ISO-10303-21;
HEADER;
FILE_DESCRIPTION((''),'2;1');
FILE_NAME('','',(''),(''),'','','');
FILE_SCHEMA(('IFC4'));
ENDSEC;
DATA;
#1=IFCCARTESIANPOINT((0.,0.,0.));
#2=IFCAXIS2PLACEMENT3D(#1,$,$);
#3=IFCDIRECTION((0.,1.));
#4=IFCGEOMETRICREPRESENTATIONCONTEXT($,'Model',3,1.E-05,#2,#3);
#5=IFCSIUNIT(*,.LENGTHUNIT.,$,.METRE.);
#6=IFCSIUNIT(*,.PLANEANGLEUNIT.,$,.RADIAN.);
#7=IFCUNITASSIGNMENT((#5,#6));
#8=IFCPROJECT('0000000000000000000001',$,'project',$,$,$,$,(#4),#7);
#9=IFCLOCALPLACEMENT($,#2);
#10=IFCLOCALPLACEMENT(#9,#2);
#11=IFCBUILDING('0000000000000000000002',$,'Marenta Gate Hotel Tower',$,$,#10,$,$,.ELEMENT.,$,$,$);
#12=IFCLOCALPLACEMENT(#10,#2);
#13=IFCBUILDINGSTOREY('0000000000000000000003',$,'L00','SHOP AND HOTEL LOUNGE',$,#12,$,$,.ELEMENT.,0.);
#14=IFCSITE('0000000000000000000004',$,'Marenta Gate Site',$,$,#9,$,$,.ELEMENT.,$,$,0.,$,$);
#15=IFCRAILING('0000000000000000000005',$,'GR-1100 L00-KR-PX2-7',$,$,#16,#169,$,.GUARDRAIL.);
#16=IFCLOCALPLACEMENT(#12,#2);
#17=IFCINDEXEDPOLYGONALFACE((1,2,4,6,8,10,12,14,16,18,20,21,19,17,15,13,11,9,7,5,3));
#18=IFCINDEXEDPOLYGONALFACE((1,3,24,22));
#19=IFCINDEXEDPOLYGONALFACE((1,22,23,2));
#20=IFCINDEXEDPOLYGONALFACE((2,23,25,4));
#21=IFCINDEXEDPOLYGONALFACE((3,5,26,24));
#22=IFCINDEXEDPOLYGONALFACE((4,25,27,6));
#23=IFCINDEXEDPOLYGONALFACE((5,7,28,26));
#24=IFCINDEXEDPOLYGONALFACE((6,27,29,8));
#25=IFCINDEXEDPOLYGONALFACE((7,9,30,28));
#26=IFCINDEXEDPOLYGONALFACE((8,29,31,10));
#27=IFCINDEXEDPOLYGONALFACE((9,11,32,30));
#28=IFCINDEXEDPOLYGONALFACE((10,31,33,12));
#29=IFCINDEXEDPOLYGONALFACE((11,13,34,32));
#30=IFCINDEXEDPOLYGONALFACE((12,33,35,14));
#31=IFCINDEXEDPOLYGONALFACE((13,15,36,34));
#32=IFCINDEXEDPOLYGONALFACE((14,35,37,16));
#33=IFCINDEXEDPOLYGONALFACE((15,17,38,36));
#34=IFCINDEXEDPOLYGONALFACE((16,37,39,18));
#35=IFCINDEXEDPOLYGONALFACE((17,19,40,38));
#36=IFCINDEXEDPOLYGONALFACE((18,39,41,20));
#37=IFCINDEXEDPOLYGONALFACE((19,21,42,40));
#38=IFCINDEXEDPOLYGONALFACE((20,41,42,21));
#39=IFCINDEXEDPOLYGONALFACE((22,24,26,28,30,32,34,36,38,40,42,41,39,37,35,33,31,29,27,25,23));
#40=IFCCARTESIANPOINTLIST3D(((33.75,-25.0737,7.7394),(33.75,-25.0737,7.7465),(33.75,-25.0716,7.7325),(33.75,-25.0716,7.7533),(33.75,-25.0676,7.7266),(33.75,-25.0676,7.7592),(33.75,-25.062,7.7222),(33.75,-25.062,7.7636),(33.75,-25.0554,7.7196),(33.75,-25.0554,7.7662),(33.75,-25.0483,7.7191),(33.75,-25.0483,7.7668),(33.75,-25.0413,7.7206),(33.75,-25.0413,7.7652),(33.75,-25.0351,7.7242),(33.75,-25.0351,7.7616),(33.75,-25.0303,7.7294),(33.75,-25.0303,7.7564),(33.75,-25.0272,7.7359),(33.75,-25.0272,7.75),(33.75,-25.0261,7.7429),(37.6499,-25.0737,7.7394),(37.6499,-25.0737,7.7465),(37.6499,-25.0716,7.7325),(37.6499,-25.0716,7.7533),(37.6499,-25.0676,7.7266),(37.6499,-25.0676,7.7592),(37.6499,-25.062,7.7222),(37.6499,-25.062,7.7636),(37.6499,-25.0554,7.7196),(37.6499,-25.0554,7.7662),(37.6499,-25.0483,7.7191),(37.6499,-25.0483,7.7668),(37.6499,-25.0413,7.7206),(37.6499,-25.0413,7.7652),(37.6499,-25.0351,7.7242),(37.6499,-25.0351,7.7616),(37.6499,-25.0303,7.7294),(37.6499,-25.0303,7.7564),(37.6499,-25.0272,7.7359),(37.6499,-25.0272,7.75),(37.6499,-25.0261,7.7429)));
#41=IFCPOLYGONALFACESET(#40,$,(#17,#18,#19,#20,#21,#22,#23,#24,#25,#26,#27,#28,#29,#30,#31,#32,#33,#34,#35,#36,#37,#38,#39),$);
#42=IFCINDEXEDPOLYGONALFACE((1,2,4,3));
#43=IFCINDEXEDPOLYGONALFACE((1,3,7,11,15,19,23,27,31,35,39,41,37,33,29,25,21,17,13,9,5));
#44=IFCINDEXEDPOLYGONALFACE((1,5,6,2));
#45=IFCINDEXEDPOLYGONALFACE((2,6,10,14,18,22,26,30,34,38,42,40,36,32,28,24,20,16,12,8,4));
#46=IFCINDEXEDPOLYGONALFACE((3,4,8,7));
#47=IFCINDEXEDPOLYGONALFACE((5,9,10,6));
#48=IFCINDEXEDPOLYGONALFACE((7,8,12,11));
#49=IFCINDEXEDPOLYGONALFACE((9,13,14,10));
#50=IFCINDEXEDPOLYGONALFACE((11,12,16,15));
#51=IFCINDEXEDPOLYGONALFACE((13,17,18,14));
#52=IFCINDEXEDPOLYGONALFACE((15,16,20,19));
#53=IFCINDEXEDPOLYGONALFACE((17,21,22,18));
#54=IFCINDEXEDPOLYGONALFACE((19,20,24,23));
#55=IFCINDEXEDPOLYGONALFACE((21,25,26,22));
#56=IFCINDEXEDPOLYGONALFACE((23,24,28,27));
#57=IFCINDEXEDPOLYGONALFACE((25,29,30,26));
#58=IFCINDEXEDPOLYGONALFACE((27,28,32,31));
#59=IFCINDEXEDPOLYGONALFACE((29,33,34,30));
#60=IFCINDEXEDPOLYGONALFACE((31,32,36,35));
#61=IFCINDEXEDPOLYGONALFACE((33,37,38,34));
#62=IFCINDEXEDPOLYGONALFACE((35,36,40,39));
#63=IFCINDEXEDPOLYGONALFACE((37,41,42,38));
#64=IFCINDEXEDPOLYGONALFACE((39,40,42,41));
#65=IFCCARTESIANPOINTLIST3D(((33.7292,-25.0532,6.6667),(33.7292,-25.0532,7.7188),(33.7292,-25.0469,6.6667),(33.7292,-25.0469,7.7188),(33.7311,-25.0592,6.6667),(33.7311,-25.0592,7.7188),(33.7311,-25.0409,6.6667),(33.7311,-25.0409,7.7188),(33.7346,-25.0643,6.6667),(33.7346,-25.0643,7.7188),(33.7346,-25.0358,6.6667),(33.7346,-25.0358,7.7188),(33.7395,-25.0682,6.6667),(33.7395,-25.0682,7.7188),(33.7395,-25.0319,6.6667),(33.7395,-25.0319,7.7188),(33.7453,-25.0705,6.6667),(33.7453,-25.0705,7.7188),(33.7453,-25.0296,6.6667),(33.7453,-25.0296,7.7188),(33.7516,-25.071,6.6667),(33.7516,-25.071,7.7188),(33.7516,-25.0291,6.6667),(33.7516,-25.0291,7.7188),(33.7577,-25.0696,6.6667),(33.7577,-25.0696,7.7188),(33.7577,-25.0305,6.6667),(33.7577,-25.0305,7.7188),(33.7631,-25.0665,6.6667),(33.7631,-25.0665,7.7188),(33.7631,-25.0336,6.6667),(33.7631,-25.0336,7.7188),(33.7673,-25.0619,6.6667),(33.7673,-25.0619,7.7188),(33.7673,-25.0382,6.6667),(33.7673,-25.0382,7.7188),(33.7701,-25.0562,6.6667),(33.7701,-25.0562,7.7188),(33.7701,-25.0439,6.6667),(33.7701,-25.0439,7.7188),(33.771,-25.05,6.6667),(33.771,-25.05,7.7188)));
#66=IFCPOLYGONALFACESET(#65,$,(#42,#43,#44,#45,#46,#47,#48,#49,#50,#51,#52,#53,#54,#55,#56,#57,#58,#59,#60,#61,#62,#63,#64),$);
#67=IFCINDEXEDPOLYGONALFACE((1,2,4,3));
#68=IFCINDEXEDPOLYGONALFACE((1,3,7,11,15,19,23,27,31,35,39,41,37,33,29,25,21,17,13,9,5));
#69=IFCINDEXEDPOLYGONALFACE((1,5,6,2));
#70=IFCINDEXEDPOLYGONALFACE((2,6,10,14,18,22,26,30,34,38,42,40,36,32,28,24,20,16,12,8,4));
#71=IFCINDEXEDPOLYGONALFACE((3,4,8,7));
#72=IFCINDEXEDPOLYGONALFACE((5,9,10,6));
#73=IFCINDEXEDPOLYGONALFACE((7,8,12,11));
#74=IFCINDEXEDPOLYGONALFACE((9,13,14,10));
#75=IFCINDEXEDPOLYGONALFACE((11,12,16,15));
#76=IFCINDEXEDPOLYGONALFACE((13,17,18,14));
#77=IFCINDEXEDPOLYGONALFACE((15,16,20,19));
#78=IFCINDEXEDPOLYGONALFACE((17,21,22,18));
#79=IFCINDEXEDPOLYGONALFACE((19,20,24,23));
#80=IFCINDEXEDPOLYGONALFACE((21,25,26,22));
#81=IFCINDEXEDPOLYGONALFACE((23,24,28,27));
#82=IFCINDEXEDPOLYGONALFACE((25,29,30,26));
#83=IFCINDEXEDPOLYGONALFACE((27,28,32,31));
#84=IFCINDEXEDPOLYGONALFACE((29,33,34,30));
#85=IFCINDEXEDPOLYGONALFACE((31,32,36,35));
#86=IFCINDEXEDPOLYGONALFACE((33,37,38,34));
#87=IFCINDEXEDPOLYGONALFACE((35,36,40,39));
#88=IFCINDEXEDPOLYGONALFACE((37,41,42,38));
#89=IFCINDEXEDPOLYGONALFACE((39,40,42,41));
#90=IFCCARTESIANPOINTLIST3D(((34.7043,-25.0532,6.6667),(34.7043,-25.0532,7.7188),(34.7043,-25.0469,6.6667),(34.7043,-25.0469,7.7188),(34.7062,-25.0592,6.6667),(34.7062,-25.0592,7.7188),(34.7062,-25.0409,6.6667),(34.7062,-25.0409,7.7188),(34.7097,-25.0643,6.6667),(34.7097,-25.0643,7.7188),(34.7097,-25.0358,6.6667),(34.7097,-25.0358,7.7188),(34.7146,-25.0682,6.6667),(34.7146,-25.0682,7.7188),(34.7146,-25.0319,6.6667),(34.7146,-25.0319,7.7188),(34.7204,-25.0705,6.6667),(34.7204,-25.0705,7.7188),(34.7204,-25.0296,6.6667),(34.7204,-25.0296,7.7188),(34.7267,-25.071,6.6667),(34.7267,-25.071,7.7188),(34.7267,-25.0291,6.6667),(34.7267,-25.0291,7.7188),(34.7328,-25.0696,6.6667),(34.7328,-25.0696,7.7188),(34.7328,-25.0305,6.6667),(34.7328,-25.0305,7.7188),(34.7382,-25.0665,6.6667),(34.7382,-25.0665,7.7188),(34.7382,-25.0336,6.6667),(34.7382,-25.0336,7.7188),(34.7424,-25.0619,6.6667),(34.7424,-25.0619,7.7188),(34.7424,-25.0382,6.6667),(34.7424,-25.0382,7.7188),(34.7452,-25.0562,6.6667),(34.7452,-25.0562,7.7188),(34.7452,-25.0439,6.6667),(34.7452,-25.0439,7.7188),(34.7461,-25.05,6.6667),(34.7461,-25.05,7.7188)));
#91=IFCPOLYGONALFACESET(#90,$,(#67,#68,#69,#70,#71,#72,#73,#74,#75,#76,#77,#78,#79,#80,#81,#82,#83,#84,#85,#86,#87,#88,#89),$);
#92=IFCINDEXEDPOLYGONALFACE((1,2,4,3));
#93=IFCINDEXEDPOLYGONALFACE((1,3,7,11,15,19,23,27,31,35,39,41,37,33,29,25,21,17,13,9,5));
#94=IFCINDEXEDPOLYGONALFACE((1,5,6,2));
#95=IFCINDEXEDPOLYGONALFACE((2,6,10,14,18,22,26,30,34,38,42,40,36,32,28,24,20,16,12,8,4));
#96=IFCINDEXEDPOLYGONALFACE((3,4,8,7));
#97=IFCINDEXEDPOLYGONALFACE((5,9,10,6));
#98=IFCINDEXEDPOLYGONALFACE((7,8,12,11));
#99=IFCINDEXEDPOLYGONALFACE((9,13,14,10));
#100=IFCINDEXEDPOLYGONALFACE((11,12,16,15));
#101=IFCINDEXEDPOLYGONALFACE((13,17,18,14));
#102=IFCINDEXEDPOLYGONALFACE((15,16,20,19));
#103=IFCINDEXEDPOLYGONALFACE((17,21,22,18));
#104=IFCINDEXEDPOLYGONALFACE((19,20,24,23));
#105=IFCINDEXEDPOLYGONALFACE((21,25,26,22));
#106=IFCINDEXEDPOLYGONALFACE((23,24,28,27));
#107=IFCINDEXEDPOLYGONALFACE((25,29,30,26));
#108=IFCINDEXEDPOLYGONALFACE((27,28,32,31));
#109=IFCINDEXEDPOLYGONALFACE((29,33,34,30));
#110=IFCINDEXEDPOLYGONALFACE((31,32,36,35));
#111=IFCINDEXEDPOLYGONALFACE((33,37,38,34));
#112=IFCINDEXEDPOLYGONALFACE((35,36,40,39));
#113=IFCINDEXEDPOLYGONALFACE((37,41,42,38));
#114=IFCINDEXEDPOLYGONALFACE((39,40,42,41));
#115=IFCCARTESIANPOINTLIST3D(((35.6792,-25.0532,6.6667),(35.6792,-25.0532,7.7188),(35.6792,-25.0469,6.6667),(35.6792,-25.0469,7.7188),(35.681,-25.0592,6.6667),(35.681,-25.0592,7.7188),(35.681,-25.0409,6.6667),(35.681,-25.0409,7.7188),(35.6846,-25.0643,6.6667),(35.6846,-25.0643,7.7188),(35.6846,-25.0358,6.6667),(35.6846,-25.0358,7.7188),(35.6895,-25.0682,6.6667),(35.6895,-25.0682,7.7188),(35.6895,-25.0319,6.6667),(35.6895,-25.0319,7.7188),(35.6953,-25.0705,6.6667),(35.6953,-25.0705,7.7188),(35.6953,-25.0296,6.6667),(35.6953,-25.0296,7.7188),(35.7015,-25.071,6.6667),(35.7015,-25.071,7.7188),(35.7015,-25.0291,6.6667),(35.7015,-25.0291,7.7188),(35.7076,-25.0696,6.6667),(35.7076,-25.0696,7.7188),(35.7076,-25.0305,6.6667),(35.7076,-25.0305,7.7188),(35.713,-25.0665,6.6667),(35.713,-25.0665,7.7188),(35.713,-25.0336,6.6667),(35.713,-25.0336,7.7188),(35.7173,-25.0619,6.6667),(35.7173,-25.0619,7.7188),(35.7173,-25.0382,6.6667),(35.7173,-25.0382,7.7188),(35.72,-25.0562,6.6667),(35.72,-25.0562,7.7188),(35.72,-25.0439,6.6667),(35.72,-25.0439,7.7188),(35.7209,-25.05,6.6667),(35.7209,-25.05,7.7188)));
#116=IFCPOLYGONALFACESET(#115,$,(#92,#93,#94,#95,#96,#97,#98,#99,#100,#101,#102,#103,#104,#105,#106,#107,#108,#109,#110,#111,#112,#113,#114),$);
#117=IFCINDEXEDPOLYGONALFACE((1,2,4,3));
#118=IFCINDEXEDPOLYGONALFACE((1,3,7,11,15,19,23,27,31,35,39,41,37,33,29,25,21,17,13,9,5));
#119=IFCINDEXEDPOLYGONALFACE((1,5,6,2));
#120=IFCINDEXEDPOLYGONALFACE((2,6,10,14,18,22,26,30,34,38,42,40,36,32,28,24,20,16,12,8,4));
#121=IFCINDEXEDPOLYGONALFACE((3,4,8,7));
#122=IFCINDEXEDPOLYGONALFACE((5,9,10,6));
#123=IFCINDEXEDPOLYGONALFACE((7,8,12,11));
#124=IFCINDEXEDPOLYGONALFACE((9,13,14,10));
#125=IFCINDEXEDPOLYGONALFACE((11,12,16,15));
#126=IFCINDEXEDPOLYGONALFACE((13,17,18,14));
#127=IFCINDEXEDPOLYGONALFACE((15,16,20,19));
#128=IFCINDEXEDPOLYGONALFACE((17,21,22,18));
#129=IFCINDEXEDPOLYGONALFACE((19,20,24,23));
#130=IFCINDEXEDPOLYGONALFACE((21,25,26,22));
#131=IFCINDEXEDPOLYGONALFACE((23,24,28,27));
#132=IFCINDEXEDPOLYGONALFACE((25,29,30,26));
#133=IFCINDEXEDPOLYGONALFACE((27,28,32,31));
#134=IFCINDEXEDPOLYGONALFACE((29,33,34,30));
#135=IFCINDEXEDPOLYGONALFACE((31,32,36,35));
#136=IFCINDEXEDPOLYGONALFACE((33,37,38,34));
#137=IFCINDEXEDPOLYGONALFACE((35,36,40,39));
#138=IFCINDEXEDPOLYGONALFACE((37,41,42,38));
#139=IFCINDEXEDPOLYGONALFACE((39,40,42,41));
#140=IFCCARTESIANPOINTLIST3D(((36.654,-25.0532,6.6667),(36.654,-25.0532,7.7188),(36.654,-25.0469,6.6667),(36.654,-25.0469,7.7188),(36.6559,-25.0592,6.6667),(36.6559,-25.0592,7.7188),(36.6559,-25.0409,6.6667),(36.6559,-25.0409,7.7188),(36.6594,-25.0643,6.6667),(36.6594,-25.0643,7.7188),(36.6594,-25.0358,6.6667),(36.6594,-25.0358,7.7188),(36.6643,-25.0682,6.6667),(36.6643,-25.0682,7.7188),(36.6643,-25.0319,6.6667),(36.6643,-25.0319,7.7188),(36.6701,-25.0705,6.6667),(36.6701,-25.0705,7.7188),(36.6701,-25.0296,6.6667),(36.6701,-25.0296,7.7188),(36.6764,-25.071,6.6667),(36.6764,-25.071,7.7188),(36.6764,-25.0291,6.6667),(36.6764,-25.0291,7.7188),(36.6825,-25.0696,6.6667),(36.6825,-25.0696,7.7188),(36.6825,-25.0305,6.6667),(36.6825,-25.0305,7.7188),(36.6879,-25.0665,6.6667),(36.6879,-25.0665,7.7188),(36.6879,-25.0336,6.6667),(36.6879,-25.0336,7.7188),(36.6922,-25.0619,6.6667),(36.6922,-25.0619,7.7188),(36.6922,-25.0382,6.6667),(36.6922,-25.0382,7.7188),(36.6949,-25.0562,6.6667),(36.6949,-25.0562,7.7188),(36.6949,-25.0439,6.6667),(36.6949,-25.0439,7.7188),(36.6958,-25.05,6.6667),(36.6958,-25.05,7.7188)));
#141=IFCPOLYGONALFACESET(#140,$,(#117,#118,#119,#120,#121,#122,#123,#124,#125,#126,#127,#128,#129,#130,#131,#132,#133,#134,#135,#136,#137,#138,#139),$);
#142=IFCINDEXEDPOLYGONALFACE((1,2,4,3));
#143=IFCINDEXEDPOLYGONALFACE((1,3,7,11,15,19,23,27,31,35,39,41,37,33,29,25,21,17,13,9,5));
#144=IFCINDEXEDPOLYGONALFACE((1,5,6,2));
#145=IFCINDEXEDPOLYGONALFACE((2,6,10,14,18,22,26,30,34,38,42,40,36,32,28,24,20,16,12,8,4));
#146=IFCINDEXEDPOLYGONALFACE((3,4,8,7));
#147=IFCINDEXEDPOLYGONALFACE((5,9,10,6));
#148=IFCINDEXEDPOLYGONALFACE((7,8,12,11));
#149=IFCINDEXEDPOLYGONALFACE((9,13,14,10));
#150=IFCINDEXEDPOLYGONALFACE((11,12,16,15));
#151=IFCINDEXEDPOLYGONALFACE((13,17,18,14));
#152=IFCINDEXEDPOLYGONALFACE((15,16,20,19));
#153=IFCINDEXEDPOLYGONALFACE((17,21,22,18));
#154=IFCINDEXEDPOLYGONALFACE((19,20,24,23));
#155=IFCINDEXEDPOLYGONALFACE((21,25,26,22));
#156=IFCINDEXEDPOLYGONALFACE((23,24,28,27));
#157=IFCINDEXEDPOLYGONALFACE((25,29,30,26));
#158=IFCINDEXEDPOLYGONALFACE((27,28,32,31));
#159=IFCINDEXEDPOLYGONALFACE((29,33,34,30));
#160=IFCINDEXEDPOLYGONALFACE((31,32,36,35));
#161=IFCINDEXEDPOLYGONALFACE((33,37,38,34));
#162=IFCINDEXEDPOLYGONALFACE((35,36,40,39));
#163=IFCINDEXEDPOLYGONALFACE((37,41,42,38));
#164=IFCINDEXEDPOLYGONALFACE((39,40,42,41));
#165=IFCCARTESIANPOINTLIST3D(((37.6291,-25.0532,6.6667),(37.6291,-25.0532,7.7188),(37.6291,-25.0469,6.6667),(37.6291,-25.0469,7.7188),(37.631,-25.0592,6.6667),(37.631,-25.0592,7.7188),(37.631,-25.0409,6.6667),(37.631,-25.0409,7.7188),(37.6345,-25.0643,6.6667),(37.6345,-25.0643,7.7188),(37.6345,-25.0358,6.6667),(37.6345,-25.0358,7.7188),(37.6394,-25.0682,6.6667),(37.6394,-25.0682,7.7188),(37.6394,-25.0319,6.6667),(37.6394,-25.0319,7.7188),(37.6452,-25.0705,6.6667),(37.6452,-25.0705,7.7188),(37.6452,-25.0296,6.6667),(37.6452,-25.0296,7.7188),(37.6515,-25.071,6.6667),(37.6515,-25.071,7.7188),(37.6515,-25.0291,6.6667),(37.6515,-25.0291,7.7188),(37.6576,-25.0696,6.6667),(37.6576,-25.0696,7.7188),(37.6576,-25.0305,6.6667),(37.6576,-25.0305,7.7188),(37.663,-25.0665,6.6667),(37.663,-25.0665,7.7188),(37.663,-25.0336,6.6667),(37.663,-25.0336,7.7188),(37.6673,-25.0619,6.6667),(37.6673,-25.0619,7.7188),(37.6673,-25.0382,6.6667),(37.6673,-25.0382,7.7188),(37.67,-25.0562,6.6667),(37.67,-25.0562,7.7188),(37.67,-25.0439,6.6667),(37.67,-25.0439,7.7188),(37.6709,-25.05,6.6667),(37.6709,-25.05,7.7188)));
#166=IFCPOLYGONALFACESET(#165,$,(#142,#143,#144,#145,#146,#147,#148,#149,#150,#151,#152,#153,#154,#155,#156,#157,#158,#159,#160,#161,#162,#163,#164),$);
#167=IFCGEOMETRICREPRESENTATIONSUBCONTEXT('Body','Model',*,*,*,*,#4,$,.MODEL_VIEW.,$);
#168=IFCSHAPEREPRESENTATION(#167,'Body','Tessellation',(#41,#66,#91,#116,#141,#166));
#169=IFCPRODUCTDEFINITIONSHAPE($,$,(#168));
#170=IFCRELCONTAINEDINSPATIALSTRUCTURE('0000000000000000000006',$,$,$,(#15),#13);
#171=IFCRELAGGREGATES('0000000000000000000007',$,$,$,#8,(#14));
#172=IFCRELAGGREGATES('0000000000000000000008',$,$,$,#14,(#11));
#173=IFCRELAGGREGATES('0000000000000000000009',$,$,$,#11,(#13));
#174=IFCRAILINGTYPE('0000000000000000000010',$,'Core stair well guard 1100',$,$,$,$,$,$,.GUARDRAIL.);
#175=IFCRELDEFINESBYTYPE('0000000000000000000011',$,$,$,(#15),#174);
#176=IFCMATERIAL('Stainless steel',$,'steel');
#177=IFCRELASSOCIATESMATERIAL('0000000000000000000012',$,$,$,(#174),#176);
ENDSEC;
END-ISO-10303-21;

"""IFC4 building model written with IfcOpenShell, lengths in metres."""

from ifc_helpers import new_model, si_unit, direction, frame, origin, origin_2d, place, context, subcontext, project, spatial, circle, extrude, material, type_object, element, save


model = new_model("IFC4")

# Units and contexts
model_context = context("Model", 3, precision=1e-05, world=origin(), true_north=direction((0.0, 1.0)))
body_context = subcontext(model_context, "Body", "Model", "MODEL_VIEW")
ifc_project = project(units=[si_unit("LENGTHUNIT", "METRE"), si_unit("PLANEANGLEUNIT", "RADIAN")], contexts=[model_context])

# Site, building, storey
site_placement = place(None, origin())
site = spatial("IfcSite", under=ifc_project, at=site_placement, Name="Marenta Gate Site", CompositionType="ELEMENT", RefElevation=0.0)
building_placement = place(site_placement, origin())
building = spatial("IfcBuilding", under=site, at=building_placement, Name="Marenta Gate Hotel Tower", CompositionType="ELEMENT")
storey_placement = place(building_placement, origin())
storey = spatial("IfcBuildingStorey", under=building, at=storey_placement, Name="L00", Description="SHOP AND HOTEL LOUNGE", CompositionType="ELEMENT", Elevation=0.0)

# Railing
ifc_material_1 = material(Name="Stainless steel", Category="steel")
railing_type = type_object("IfcRailingType", Name="Core stair well guard 1100", PredefinedType="GUARDRAIL", material=ifc_material_1)
for number, where, name in (
    (1, (33.75, -25.05, 6.6667), "GR-1100 L00-KR-PX2-7"),
):
    element("IfcRailing", number, at=place(storey_placement, frame(where)), inside=storey, type_object=railing_type, Name=name, PredefinedType="GUARDRAIL", context=body_context, shape_type="SweptSolid", body=[
        extrude(circle(Radius=0.0239, at=origin_2d()), frame((0.0, 0.0, 1.0762), z_axis=(1.0, 0.0, 0.0), x_axis=(0.0, 1.0, 0.0)), (0.0, 0.0, 1.0), 3.8999),
        extrude(circle(Radius=0.021, at=origin_2d()), origin(), (0.0, 0.0, 1.0), 1.052),
        extrude(circle(Radius=0.021, at=origin_2d()), frame((0.9751, 0.0, 0.0)), (0.0, 0.0, 1.0), 1.052),
        extrude(circle(Radius=0.021, at=origin_2d()), frame((1.95, 0.0, 0.0)), (0.0, 0.0, 1.0), 1.052),
        extrude(circle(Radius=0.021, at=origin_2d()), frame((2.9248, 0.0, 0.0)), (0.0, 0.0, 1.0), 1.052),
        extrude(circle(Radius=0.021, at=origin_2d()), frame((3.8999, 0.0, 0.0)), (0.0, 0.0, 1.0), 1.052),
    ])

save(model, "model.ifc")
